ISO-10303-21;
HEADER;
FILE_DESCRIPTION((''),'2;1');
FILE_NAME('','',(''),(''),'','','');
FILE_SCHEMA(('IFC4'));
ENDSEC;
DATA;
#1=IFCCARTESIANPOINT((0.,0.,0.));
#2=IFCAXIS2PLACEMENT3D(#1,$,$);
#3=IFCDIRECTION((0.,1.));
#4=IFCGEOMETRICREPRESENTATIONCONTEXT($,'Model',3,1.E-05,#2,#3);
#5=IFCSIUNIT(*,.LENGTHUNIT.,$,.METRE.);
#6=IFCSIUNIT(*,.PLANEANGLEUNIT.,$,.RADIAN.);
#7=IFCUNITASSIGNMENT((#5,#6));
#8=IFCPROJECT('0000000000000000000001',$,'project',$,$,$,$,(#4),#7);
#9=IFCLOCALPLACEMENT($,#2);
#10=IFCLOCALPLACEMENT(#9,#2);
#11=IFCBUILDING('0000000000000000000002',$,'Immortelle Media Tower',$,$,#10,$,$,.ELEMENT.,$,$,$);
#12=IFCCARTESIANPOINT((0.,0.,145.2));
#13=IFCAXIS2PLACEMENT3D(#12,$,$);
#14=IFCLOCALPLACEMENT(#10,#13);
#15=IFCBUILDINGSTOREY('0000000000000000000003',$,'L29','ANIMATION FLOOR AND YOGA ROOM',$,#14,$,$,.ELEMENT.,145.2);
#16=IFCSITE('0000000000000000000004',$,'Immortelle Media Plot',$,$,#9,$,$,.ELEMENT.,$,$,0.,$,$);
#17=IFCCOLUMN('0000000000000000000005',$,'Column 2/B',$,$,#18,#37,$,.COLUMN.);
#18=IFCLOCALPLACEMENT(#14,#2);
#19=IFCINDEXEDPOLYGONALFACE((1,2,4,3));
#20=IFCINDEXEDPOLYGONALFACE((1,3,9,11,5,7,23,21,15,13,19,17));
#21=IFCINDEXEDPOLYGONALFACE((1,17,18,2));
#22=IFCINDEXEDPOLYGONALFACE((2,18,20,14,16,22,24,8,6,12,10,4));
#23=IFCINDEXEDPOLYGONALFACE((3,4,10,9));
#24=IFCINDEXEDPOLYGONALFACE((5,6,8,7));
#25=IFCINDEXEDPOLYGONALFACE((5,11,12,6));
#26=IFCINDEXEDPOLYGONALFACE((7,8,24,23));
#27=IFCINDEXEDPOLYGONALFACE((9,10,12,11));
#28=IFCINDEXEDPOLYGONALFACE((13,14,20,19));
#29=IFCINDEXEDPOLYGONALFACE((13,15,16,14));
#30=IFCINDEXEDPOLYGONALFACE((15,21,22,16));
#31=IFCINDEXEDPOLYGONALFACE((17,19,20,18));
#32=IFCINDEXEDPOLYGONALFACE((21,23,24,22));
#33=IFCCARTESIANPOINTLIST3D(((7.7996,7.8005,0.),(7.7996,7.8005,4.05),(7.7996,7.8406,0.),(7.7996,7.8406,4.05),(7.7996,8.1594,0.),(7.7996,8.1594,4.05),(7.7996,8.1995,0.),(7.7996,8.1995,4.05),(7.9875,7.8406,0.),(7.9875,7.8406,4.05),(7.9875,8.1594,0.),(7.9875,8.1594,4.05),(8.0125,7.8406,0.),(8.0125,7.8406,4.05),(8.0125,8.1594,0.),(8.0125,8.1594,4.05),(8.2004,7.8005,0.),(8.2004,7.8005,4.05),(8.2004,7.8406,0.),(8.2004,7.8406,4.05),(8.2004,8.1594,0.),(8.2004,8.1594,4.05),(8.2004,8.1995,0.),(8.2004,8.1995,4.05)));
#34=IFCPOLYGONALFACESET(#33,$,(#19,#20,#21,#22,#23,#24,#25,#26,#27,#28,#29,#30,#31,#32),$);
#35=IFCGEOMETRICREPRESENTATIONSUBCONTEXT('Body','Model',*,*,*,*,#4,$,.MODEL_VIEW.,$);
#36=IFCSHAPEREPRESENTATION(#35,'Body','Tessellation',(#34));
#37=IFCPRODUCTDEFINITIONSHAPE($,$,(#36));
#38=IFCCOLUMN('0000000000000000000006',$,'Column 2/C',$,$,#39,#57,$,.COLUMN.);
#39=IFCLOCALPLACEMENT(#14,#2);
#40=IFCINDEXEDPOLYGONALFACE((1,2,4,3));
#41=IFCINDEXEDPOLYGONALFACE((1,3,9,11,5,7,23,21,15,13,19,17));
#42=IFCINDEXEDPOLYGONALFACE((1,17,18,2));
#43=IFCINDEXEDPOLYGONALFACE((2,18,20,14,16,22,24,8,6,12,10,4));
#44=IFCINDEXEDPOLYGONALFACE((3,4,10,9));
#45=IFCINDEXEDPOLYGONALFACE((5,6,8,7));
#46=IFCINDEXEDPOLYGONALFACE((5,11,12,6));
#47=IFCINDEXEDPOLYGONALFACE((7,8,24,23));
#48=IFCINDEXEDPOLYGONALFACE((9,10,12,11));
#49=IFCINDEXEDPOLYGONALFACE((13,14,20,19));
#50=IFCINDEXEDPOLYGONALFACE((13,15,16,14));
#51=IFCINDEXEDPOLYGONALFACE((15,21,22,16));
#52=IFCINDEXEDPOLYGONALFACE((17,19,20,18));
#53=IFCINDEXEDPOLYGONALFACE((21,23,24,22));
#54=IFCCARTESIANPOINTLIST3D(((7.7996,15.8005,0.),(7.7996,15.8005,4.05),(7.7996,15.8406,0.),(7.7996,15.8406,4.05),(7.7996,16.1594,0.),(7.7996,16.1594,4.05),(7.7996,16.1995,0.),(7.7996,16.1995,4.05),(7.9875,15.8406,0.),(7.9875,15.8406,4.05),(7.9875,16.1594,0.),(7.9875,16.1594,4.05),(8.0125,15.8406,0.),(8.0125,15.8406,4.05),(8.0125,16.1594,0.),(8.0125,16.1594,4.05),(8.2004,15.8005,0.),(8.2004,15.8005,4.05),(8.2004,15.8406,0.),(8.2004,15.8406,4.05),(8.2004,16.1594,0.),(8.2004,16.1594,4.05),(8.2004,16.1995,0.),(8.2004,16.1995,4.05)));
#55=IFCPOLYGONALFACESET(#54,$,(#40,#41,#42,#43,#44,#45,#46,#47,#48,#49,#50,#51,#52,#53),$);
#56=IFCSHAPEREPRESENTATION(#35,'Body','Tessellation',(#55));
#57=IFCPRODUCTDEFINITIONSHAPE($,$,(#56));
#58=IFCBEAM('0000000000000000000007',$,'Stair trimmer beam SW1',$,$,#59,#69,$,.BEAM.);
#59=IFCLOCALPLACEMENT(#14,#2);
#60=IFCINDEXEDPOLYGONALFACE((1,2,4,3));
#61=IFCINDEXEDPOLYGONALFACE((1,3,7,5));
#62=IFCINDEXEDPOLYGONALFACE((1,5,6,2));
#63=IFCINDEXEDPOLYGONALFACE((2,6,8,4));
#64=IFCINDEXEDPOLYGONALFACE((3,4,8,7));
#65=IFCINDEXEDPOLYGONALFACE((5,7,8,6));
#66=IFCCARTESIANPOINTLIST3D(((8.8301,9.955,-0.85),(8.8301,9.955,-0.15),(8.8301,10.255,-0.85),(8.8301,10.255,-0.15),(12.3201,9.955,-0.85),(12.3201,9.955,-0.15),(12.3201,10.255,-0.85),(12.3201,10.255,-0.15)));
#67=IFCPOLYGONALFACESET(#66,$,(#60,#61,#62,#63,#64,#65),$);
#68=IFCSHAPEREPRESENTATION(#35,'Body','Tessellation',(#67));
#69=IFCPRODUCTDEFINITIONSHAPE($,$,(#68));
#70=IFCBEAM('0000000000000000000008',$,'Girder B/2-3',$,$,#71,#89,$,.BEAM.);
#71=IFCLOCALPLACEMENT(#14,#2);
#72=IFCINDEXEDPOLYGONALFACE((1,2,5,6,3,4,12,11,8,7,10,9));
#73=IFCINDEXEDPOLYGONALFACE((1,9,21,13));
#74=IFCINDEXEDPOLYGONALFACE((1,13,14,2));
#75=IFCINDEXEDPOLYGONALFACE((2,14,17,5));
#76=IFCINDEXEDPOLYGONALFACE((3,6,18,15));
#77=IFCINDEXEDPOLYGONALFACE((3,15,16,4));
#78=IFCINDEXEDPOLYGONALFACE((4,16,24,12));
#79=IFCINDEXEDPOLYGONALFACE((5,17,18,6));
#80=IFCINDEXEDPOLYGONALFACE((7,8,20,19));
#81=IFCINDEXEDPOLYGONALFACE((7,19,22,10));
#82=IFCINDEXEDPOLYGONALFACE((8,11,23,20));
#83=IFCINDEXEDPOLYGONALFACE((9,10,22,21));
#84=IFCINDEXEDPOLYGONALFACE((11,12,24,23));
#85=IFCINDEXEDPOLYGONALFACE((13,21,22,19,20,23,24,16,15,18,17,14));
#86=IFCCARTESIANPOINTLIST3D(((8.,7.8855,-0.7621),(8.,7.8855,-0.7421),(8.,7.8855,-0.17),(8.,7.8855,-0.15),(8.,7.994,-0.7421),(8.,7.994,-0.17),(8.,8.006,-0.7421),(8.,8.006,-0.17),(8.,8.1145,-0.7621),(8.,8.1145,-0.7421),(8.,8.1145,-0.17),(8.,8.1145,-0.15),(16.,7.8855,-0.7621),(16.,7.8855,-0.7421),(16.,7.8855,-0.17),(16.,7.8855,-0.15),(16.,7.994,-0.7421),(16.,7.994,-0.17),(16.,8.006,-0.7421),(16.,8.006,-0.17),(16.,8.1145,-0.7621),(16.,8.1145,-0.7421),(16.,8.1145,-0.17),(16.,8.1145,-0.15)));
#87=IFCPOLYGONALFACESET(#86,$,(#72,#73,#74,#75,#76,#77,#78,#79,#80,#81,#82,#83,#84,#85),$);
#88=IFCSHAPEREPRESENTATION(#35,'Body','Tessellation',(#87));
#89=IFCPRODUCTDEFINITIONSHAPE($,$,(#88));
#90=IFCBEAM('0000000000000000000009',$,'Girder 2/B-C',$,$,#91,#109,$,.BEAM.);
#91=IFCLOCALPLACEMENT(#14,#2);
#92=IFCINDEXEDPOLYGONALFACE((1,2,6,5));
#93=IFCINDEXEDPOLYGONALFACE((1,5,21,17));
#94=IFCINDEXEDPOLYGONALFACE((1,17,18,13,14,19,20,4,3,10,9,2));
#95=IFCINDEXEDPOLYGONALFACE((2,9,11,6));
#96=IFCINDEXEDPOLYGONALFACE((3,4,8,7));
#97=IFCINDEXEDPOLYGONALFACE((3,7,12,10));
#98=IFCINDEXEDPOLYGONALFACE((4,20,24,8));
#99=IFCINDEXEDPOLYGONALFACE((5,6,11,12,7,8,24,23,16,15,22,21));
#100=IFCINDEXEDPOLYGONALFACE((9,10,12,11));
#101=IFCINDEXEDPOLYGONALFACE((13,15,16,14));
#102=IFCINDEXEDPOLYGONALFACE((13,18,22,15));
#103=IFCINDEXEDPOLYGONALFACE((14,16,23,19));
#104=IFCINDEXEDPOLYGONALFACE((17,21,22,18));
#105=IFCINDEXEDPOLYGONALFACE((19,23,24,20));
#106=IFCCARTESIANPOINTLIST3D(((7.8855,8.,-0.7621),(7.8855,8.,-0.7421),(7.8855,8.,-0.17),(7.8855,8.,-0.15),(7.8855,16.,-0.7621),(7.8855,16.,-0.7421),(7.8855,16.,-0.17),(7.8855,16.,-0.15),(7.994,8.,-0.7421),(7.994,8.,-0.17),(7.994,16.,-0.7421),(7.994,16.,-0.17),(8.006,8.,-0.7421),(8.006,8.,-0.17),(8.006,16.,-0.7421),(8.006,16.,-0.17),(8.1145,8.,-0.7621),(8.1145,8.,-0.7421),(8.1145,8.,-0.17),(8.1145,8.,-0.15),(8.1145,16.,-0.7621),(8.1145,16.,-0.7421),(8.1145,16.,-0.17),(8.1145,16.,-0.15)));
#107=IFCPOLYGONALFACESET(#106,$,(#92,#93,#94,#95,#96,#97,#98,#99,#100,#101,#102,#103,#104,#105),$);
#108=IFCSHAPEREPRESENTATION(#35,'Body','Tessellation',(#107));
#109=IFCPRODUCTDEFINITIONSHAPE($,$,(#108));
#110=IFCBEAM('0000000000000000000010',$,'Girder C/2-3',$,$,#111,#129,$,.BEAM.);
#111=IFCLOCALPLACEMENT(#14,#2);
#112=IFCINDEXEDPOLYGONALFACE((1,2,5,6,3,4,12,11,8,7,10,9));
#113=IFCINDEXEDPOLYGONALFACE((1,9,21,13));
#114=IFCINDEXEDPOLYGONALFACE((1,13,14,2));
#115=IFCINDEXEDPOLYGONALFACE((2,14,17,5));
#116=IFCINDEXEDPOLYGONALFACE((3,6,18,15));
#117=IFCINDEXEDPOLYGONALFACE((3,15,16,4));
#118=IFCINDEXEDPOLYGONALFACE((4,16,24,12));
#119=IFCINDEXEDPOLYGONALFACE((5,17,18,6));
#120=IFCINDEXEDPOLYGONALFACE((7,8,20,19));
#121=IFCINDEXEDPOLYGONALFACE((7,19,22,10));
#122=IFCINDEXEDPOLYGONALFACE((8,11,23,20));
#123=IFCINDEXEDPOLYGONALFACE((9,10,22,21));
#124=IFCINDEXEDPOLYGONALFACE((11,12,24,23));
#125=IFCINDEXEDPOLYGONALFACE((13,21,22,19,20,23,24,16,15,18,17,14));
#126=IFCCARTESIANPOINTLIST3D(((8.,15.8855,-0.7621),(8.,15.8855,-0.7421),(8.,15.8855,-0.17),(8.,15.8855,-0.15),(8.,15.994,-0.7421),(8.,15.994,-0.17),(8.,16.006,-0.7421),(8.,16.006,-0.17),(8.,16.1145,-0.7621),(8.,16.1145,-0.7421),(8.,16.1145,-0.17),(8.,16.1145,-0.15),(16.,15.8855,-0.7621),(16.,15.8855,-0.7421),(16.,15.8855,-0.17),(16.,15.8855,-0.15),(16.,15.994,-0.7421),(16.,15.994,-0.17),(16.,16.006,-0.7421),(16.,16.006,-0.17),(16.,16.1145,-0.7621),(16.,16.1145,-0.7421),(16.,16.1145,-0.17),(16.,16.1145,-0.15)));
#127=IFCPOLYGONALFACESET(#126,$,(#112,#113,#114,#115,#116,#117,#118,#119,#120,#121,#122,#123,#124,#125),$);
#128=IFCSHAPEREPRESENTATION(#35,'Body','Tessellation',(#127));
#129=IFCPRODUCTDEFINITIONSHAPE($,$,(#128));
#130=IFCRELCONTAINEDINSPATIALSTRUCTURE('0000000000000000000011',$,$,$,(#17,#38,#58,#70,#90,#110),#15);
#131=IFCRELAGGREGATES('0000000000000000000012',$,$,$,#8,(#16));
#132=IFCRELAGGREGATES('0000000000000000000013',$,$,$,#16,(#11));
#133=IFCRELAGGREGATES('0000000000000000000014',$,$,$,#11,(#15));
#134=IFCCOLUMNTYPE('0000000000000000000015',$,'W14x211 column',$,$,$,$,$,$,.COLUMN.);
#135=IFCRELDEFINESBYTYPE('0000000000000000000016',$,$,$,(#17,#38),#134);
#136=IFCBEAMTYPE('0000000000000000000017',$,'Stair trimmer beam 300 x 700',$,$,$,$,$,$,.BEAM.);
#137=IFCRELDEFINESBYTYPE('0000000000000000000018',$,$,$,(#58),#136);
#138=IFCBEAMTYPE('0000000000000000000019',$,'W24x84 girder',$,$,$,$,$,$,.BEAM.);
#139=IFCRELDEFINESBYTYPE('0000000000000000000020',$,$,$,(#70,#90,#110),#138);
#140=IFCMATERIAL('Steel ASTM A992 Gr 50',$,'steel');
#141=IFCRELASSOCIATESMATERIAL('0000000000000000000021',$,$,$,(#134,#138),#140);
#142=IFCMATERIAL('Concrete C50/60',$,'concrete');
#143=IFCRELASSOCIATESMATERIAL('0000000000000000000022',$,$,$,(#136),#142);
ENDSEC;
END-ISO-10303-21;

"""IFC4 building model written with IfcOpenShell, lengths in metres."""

from ifc_helpers import new_model, si_unit, direction, frame, origin, origin_2d, place, context, subcontext, project, spatial, rectangle, i_section, extrude, material, material_profile, profile_set, type_object, element, save


model = new_model("IFC4")

# Units and contexts
model_context = context("Model", 3, precision=1e-05, world=origin(), true_north=direction((0.0, 1.0)))
body_context = subcontext(model_context, "Body", "Model", "MODEL_VIEW")
ifc_project = project(units=[si_unit("LENGTHUNIT", "METRE"), si_unit("PLANEANGLEUNIT", "RADIAN")], contexts=[model_context])

# Site, building, storey
site_placement = place(None, origin())
site = spatial("IfcSite", under=ifc_project, at=site_placement, Name="Immortelle Media Plot", CompositionType="ELEMENT", RefElevation=0.0)
building_placement = place(site_placement, origin())
building = spatial("IfcBuilding", under=site, at=building_placement, Name="Immortelle Media Tower", CompositionType="ELEMENT")
storey_placement = place(building_placement, frame((0.0, 0.0, 145.2)))
storey = spatial("IfcBuildingStorey", under=building, at=storey_placement, Name="L29", Description="ANIMATION FLOOR AND YOGA ROOM", CompositionType="ELEMENT", Elevation=145.2)

# Columns
ifc_material_1 = material(Name="Steel ASTM A992 Gr 50", Category="steel")
ifc_material_profile_1 = material_profile(ifc_material_1, i_section(OverallWidth=0.4009, OverallDepth=0.3989, WebThickness=0.0249, FlangeThickness=0.04, at=origin_2d()), Name="W14x211")
ifc_profile_set_1 = profile_set([ifc_material_profile_1], Name="Steel ASTM A992 Gr 50")
column_type = type_object("IfcColumnType", Name="W14x211 column", PredefinedType="COLUMN", material=ifc_profile_set_1)
for number, where, z_axis, x_axis, name in (
    (1, (8.0, 8.0, 0.0), (0.0, 0.0, 1.0), (1.0, 0.0, 0.0), "Column 2/B"),
    (2, (8.0, 16.0, 0.0), (0.0, 0.0, 1.0), (1.0, 0.0, 0.0), "Column 2/C"),
):
    element("IfcColumn", number, at=place(storey_placement, frame(where, z_axis=z_axis, x_axis=x_axis)), inside=storey, type_object=column_type, Name=name, PredefinedType="COLUMN", context=body_context, shape_type="SweptSolid", body=[
        extrude(i_section(OverallWidth=0.4009, OverallDepth=0.3989, WebThickness=0.0249, FlangeThickness=0.04, at=origin_2d()), origin(), (0.0, 0.0, 1.0), 4.05),
    ])

# Beams
ifc_material_2 = material(Name="Concrete C50/60", Category="concrete")
ifc_material_profile_2 = material_profile(ifc_material_2, rectangle(XDim=0.3, YDim=0.7, at=origin_2d()), Name="RC 300x700")
ifc_profile_set_2 = profile_set([ifc_material_profile_2], Name="Concrete C50/60")
beam_type_1 = type_object("IfcBeamType", Name="Stair trimmer beam 300 x 700", PredefinedType="BEAM", material=ifc_profile_set_2)
beam_placement = place(storey_placement, frame((8.8301, 10.105, -0.5), z_axis=(1.0, 0.0, 0.0), x_axis=(0.0, 1.0, 0.0)))
element("IfcBeam", 3, at=beam_placement, inside=storey, type_object=beam_type_1, Name="Stair trimmer beam SW1", PredefinedType="BEAM", context=body_context, shape_type="SweptSolid", body=[
    extrude(rectangle(XDim=0.3, YDim=0.7, at=origin_2d()), origin(), (0.0, 0.0, 1.0), 3.49),
])
ifc_material_profile_3 = material_profile(ifc_material_1, i_section(OverallWidth=0.229, OverallDepth=0.6121, WebThickness=0.012, FlangeThickness=0.02, at=origin_2d()), Name="W24x84")
ifc_profile_set_3 = profile_set([ifc_material_profile_3], Name="Steel ASTM A992 Gr 50")
beam_type_2 = type_object("IfcBeamType", Name="W24x84 girder", PredefinedType="BEAM", material=ifc_profile_set_3)
for number, where, z_axis, x_axis, name in (
    (4, (8.0, 8.0, -0.4561), (1.0, 0.0, 0.0), (0.0, 1.0, 0.0), "Girder B/2-3"),
    (5, (8.0, 8.0, -0.4561), (0.0, 1.0, 0.0), (-1.0, 0.0, 0.0), "Girder 2/B-C"),
    (6, (8.0, 16.0, -0.4561), (1.0, 0.0, 0.0), (0.0, 1.0, 0.0), "Girder C/2-3"),
):
    element("IfcBeam", number, at=place(storey_placement, frame(where, z_axis=z_axis, x_axis=x_axis)), inside=storey, type_object=beam_type_2, Name=name, PredefinedType="BEAM", context=body_context, shape_type="SweptSolid", body=[
        extrude(i_section(OverallWidth=0.229, OverallDepth=0.6121, WebThickness=0.012, FlangeThickness=0.02, at=origin_2d()), origin(), (0.0, 0.0, 1.0), 8.0),
    ])

save(model, "model.ifc")
